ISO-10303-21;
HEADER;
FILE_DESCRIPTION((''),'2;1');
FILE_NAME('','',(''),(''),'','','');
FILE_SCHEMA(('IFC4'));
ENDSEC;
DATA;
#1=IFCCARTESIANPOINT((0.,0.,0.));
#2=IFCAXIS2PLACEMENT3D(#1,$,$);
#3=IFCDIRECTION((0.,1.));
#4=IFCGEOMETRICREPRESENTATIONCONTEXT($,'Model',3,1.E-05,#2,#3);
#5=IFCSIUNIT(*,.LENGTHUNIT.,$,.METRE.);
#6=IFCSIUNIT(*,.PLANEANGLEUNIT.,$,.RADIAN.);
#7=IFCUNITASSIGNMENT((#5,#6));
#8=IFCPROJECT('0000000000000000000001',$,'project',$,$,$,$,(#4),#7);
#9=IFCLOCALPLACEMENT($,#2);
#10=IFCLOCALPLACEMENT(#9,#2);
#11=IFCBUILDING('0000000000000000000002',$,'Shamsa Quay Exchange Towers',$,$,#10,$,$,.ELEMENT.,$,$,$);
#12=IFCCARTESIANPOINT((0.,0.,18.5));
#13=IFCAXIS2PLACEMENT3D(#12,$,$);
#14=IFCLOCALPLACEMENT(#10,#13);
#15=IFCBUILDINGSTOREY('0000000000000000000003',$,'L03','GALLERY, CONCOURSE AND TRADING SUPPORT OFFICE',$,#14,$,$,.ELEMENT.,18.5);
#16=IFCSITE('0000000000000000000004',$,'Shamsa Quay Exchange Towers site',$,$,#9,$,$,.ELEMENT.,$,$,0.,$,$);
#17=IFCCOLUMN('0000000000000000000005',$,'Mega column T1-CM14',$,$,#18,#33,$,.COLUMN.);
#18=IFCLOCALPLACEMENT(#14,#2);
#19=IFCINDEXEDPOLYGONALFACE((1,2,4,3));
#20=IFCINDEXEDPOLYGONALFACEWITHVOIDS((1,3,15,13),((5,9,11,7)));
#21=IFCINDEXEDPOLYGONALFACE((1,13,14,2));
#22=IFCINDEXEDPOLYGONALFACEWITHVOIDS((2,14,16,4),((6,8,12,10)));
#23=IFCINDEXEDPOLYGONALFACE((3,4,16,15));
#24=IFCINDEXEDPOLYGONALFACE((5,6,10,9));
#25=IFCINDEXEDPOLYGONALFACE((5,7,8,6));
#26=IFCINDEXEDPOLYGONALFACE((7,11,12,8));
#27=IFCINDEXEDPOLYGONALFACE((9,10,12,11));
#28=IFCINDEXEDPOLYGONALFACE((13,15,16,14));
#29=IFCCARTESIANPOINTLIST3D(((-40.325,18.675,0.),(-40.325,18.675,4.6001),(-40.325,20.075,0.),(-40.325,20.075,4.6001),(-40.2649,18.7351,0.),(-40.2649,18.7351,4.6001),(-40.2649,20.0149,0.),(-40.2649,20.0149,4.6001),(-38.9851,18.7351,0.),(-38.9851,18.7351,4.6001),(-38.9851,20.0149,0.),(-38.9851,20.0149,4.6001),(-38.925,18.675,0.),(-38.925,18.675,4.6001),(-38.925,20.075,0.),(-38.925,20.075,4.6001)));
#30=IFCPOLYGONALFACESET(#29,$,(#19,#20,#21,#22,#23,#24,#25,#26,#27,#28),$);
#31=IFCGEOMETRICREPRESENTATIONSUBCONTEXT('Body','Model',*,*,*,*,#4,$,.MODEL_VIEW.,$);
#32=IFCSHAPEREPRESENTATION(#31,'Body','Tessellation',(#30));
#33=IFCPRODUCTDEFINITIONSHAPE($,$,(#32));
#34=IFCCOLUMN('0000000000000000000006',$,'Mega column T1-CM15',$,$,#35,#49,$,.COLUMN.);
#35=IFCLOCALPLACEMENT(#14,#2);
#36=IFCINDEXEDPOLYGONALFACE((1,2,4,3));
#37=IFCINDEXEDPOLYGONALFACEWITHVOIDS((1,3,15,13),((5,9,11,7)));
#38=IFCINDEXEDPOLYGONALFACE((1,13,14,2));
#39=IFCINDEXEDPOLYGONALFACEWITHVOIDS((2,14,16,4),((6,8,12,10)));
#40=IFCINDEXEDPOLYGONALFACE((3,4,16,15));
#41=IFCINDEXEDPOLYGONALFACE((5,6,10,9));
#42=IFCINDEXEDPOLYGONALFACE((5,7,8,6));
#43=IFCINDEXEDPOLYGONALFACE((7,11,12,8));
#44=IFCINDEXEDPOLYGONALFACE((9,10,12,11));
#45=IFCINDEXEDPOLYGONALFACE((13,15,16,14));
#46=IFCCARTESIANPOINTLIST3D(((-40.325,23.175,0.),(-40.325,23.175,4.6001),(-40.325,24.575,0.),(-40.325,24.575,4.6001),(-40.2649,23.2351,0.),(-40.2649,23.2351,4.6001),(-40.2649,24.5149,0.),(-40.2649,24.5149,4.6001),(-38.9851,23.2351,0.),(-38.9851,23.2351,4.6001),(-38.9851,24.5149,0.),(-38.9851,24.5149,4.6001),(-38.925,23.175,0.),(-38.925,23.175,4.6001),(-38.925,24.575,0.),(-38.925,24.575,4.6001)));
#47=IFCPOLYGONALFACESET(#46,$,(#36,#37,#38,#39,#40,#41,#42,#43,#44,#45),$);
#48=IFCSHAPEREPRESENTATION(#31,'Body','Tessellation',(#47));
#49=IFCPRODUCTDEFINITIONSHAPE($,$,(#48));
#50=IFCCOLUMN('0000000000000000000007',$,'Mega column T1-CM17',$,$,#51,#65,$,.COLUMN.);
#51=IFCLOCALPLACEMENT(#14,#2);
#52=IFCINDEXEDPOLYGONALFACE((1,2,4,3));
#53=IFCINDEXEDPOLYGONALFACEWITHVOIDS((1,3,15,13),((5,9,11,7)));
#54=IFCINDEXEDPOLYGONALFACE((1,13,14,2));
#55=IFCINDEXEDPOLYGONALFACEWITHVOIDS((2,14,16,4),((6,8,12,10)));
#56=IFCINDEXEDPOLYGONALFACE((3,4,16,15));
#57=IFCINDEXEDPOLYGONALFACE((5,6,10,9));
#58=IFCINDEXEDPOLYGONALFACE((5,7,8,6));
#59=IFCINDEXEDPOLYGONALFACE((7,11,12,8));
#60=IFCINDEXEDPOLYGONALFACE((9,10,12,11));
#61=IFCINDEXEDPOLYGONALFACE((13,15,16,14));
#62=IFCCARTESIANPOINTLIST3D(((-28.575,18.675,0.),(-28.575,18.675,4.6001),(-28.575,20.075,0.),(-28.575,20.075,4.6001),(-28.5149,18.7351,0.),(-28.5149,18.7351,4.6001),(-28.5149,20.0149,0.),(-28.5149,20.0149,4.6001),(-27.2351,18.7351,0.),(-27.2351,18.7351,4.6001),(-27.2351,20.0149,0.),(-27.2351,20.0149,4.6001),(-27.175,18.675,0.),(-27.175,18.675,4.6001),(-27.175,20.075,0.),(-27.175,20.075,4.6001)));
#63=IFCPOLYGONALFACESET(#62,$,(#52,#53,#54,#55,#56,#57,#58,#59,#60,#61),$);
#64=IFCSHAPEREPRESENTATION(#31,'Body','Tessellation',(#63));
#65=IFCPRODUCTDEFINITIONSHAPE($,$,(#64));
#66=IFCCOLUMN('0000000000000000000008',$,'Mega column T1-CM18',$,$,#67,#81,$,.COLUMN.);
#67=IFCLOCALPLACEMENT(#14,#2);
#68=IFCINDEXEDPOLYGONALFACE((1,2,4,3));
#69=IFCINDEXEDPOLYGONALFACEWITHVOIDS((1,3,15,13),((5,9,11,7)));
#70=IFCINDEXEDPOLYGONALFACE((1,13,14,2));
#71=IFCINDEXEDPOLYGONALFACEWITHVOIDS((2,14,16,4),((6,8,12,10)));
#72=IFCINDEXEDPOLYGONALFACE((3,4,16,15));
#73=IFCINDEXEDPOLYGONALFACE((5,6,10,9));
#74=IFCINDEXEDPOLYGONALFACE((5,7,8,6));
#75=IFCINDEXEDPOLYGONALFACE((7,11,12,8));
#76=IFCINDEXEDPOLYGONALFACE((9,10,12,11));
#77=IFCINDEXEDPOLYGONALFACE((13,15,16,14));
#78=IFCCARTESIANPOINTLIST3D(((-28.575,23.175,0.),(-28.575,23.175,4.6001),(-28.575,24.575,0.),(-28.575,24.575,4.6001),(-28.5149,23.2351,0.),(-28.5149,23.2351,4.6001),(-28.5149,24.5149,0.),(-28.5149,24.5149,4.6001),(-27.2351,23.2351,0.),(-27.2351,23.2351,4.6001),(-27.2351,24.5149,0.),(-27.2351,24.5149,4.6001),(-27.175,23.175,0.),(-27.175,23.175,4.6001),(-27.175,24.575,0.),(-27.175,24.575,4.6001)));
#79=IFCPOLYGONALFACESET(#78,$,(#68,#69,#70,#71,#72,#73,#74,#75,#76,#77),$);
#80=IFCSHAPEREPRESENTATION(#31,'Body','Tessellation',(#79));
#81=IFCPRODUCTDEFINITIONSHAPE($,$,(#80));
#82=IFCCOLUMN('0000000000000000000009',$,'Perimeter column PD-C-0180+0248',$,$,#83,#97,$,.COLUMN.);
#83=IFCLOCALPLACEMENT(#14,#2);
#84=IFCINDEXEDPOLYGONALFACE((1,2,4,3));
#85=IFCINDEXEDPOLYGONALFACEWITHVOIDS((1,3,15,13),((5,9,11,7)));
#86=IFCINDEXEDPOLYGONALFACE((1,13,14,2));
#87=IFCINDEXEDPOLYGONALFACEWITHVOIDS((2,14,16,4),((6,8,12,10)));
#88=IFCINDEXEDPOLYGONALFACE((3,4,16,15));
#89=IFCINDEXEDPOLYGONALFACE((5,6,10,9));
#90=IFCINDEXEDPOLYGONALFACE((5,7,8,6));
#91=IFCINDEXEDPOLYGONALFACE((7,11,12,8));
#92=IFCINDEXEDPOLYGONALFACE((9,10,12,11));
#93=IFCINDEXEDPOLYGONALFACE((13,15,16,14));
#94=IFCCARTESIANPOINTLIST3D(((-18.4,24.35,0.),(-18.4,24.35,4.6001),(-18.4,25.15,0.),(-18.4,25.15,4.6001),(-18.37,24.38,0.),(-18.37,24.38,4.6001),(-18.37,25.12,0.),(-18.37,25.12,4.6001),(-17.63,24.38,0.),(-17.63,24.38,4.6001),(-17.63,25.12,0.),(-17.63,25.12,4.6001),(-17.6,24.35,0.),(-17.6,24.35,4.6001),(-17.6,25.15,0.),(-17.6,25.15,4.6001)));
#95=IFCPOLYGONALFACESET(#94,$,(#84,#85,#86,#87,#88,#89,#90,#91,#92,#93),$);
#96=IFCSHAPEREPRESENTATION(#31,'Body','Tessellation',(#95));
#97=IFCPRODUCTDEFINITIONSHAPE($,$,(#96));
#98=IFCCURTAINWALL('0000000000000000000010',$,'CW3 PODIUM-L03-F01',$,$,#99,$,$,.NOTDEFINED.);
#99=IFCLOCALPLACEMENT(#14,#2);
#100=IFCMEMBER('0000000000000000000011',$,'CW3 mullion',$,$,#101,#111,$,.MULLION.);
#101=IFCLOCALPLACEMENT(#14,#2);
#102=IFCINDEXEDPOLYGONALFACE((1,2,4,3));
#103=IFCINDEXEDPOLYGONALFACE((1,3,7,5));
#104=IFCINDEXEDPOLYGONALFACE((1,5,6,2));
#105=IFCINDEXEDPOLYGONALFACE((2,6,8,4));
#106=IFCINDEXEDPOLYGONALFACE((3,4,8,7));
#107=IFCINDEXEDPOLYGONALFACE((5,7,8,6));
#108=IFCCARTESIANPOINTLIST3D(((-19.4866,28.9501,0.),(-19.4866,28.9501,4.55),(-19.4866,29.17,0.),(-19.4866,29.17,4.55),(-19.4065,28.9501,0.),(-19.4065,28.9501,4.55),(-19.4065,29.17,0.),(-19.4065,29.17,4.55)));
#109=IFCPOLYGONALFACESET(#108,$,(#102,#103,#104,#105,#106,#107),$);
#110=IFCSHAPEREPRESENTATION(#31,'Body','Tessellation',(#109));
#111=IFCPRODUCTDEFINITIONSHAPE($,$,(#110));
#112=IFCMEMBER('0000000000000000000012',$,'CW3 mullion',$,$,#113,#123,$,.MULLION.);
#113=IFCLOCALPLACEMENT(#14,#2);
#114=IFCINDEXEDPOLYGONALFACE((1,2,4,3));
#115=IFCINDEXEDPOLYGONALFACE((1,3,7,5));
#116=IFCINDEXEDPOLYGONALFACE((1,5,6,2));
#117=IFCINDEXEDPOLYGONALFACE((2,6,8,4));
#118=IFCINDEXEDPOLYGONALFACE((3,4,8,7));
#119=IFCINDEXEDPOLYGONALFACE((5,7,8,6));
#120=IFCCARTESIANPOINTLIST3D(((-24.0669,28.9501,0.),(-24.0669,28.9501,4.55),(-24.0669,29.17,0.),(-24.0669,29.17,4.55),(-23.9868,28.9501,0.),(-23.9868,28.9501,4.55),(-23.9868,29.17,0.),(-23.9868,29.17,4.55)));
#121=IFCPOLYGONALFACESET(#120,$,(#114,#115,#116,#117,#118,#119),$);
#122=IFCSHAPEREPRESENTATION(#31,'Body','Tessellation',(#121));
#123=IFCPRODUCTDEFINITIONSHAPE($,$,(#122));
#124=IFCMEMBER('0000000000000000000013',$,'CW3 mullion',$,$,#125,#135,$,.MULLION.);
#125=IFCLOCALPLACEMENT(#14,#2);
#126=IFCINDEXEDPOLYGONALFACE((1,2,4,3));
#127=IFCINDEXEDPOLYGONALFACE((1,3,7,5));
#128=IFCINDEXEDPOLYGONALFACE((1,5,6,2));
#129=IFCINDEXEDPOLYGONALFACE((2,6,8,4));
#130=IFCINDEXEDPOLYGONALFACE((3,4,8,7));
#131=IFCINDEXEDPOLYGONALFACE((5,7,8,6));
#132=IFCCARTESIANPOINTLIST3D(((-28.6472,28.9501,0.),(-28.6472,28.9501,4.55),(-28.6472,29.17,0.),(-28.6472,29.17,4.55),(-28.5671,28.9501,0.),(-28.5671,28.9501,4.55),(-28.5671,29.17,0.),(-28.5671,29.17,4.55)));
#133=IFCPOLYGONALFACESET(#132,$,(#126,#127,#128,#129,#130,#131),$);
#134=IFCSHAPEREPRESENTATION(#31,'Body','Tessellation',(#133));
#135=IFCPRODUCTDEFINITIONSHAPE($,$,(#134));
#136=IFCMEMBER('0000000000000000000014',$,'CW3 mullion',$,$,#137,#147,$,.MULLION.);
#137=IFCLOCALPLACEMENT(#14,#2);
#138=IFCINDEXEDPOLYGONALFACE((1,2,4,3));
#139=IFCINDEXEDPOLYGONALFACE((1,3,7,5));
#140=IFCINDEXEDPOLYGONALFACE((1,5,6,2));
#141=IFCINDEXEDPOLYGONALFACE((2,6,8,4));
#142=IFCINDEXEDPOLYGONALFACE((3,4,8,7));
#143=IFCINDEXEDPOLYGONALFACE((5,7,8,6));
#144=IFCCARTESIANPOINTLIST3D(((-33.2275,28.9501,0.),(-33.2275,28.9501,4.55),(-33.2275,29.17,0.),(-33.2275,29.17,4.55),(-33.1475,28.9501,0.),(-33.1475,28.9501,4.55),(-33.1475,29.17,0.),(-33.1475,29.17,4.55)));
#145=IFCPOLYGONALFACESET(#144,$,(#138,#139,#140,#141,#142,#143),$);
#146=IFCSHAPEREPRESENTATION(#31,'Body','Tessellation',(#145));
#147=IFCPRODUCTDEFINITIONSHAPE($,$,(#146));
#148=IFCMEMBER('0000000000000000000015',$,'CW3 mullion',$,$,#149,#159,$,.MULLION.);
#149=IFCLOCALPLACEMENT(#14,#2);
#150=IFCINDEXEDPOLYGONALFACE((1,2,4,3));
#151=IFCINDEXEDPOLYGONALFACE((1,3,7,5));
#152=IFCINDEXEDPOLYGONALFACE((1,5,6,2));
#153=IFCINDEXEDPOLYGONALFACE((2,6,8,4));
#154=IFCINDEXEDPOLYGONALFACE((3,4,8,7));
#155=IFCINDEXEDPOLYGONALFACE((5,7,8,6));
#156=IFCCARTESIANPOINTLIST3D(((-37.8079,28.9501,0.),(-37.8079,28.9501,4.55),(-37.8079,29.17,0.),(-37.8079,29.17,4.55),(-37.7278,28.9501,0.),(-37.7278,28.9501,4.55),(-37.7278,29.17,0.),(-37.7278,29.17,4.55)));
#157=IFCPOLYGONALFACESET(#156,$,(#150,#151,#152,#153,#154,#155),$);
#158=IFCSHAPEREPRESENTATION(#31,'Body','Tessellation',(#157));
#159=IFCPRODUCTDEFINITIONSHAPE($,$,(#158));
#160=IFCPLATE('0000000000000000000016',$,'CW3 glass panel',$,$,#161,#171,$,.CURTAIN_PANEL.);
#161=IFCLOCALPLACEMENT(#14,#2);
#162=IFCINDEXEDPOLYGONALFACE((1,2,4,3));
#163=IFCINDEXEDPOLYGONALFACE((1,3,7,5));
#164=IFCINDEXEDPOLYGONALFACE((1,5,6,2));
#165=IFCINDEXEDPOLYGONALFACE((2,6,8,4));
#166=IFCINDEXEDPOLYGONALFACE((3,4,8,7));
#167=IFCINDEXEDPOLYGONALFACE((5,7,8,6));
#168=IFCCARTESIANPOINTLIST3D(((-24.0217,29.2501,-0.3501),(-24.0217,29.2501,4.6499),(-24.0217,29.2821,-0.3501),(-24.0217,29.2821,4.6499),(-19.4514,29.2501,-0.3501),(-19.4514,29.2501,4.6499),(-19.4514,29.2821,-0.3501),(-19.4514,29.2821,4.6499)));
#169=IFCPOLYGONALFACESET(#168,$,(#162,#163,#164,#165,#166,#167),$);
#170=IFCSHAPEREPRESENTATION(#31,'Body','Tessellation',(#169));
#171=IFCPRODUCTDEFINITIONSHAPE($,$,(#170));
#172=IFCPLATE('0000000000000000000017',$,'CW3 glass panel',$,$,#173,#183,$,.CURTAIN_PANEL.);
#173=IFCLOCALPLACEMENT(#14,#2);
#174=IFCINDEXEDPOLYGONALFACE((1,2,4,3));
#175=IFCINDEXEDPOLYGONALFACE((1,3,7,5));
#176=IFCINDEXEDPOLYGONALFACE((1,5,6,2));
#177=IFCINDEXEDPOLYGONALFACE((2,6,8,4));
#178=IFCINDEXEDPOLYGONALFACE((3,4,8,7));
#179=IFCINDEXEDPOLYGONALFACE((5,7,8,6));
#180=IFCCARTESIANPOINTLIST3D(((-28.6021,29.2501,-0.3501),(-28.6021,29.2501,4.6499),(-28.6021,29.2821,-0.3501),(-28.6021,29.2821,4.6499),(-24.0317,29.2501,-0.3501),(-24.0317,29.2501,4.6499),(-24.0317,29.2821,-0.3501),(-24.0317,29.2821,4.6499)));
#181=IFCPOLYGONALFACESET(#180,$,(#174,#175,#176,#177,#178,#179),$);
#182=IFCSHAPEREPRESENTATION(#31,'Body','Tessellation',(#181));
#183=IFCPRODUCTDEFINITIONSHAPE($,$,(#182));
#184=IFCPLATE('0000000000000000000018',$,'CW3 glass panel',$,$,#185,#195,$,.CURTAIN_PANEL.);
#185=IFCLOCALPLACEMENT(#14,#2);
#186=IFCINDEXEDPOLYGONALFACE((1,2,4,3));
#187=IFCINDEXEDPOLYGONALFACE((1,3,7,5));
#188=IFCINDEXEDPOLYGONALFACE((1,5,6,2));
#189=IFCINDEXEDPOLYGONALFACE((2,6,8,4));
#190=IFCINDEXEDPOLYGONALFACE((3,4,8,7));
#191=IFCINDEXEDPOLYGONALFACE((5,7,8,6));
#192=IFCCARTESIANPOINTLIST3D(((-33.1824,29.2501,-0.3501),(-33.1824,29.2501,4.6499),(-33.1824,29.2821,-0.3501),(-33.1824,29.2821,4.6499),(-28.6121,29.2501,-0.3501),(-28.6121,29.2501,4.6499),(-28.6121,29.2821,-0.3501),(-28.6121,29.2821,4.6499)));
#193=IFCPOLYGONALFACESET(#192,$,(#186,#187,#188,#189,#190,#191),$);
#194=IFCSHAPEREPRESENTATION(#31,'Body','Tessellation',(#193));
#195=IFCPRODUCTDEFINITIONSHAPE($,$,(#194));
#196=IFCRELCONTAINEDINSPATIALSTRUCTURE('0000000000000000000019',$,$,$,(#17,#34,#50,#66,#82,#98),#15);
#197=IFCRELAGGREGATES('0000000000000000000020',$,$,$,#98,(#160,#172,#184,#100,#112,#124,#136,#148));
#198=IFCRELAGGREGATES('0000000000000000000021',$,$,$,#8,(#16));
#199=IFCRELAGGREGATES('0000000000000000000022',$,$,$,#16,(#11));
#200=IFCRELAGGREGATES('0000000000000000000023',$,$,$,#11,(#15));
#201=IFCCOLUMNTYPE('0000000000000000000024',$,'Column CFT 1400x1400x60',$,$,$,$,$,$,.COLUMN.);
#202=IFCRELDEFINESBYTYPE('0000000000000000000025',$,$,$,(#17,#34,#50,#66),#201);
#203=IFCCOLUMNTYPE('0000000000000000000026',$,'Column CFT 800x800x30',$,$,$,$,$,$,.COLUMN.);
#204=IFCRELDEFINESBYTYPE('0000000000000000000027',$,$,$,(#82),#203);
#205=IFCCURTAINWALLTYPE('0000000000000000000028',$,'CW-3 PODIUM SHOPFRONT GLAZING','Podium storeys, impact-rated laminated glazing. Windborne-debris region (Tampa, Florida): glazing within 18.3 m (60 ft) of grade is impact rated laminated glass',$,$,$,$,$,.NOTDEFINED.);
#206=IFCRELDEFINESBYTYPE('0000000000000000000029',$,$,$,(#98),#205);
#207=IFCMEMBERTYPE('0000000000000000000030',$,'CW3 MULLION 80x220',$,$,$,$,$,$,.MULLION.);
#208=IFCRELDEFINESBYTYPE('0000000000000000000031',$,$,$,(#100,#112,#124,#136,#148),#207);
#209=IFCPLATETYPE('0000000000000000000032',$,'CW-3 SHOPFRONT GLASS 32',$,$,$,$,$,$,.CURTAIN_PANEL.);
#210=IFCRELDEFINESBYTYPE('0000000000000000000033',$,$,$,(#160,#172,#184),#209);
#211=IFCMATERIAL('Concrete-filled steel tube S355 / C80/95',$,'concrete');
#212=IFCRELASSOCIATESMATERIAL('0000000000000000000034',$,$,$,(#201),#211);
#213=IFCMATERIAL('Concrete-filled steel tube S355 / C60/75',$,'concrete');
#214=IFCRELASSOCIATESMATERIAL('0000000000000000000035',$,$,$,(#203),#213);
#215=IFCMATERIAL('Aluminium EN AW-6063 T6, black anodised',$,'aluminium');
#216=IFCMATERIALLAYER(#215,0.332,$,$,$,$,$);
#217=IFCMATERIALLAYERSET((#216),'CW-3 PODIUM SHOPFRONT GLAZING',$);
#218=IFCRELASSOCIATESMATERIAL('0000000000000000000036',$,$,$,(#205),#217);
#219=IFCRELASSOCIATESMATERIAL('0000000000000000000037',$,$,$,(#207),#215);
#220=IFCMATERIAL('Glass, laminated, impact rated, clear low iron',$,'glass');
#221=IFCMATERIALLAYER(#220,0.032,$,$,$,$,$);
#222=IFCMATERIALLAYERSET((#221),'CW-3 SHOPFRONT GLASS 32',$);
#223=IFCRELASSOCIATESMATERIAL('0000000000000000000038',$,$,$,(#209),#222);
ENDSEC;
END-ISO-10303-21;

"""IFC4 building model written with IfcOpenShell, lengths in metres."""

from ifc_helpers import new_model, si_unit, direction, frame, origin, origin_2d, place, context, subcontext, project, spatial, rectangle, hollow_rectangle, extrude, material, layer, layer_set, material_profile, profile_set, type_object, element, aggregate, save


model = new_model("IFC4")

# Units and contexts
model_context = context("Model", 3, precision=1e-05, world=origin(), true_north=direction((0.0, 1.0)))
body_context = subcontext(model_context, "Body", "Model", "MODEL_VIEW")
ifc_project = project(units=[si_unit("LENGTHUNIT", "METRE"), si_unit("PLANEANGLEUNIT", "RADIAN")], contexts=[model_context])

# Site, building, storey
site_placement = place(None, origin())
site = spatial("IfcSite", under=ifc_project, at=site_placement, Name="Shamsa Quay Exchange Towers site", CompositionType="ELEMENT", RefElevation=0.0)
building_placement = place(site_placement, origin())
building = spatial("IfcBuilding", under=site, at=building_placement, Name="Shamsa Quay Exchange Towers", CompositionType="ELEMENT")
storey_placement = place(building_placement, frame((0.0, 0.0, 18.5)))
storey = spatial("IfcBuildingStorey", under=building, at=storey_placement, Name="L03", Description="GALLERY, CONCOURSE AND TRADING SUPPORT OFFICE", CompositionType="ELEMENT", Elevation=18.5)

# Columns
ifc_material_1 = material(Name="Concrete-filled steel tube S355 / C80/95", Category="concrete")
ifc_material_profile_1 = material_profile(ifc_material_1, hollow_rectangle(XDim=1.3999, YDim=1.3999, WallThickness=0.0601, at=origin_2d()), Name="CFT 1400x1400x60")
ifc_profile_set_1 = profile_set([ifc_material_profile_1], Name="Concrete-filled steel tube S355 / C80/95")
column_type_1 = type_object("IfcColumnType", Name="Column CFT 1400x1400x60", PredefinedType="COLUMN", material=ifc_profile_set_1)
for number, where, name in (
    (1, (-39.625, 19.375, 0.0), "Mega column T1-CM14"),
    (2, (-39.625, 23.875, 0.0), "Mega column T1-CM15"),
    (3, (-27.875, 19.375, 0.0), "Mega column T1-CM17"),
    (4, (-27.875, 23.875, 0.0), "Mega column T1-CM18"),
):
    element("IfcColumn", number, at=place(storey_placement, frame(where)), inside=storey, type_object=column_type_1, Name=name, PredefinedType="COLUMN", context=body_context, shape_type="SweptSolid", body=[
        extrude(hollow_rectangle(XDim=1.3999, YDim=1.3999, WallThickness=0.0601, at=origin_2d()), origin(), (0.0, 0.0, 1.0), 4.6001),
    ])
ifc_material_2 = material(Name="Concrete-filled steel tube S355 / C60/75", Category="concrete")
ifc_material_profile_2 = material_profile(ifc_material_2, hollow_rectangle(XDim=0.8, YDim=0.8, WallThickness=0.03, at=origin_2d()), Name="CFT 800x800x30")
ifc_profile_set_2 = profile_set([ifc_material_profile_2], Name="Concrete-filled steel tube S355 / C60/75")
column_type_2 = type_object("IfcColumnType", Name="Column CFT 800x800x30", PredefinedType="COLUMN", material=ifc_profile_set_2)
column_placement = place(storey_placement, frame((-18.0, 24.75, 0.0)))
element("IfcColumn", 5, at=column_placement, inside=storey, type_object=column_type_2, Name="Perimeter column PD-C-0180+0248", PredefinedType="COLUMN", context=body_context, shape_type="SweptSolid", body=[
    extrude(hollow_rectangle(XDim=0.8, YDim=0.8, WallThickness=0.03, at=origin_2d()), origin(), (0.0, 0.0, 1.0), 4.6001),
])

# Curtain wall, members, plates
ifc_material_3 = material(Name="Aluminium EN AW-6063 T6, black anodised", Category="aluminium")
ifc_layer_1 = layer(ifc_material_3, 0.332)
ifc_layer_set_1 = layer_set([ifc_layer_1], Name="CW-3 PODIUM SHOPFRONT GLAZING")
curtain_wall_type = type_object("IfcCurtainWallType", Name="CW-3 PODIUM SHOPFRONT GLAZING", Description="Podium storeys, impact-rated laminated glazing. Windborne-debris region (Tampa, Florida): glazing within 18.3 m (60 ft) of grade is impact rated laminated glass", PredefinedType="NOTDEFINED", material=ifc_layer_set_1)
curtain_wall_placement = place(storey_placement, origin())
curtain_wall = element("IfcCurtainWall", 6, at=curtain_wall_placement, inside=storey, type_object=curtain_wall_type, Name="CW3 PODIUM-L03-F01", PredefinedType="NOTDEFINED")
ifc_material_profile_3 = material_profile(ifc_material_3, rectangle(XDim=0.22, YDim=0.0801, at=origin_2d()), Name="MU80x220")
ifc_profile_set_3 = profile_set([ifc_material_profile_3], Name="Aluminium EN AW-6063 T6, black anodised")
member_type = type_object("IfcMemberType", Name="CW3 MULLION 80x220", PredefinedType="MULLION", material=ifc_profile_set_3)
member_1_placement = place(storey_placement, frame((-19.4465, 29.0601, 0.0), z_axis=(0.0, 0.0, 1.0), x_axis=(0.0, -1.0, 0.0)))
member_1 = element("IfcMember", 7, at=member_1_placement, type_object=member_type, Name="CW3 mullion", PredefinedType="MULLION", context=body_context, shape_type="SweptSolid", body=[
    extrude(rectangle(XDim=0.22, YDim=0.0801, at=origin_2d()), origin(), (0.0, 0.0, 1.0), 4.55),
])
member_2_placement = place(storey_placement, frame((-24.0269, 29.0601, 0.0), z_axis=(0.0, 0.0, 1.0), x_axis=(0.0, -1.0, 0.0)))
member_2 = element("IfcMember", 8, at=member_2_placement, type_object=member_type, Name="CW3 mullion", PredefinedType="MULLION", context=body_context, shape_type="SweptSolid", body=[
    extrude(rectangle(XDim=0.22, YDim=0.0801, at=origin_2d()), origin(), (0.0, 0.0, 1.0), 4.55),
])
member_3_placement = place(storey_placement, frame((-28.6072, 29.0601, 0.0), z_axis=(0.0, 0.0, 1.0), x_axis=(0.0, -1.0, 0.0)))
member_3 = element("IfcMember", 9, at=member_3_placement, type_object=member_type, Name="CW3 mullion", PredefinedType="MULLION", context=body_context, shape_type="SweptSolid", body=[
    extrude(rectangle(XDim=0.22, YDim=0.0801, at=origin_2d()), origin(), (0.0, 0.0, 1.0), 4.55),
])
member_4_placement = place(storey_placement, frame((-33.1875, 29.0601, 0.0), z_axis=(0.0, 0.0, 1.0), x_axis=(0.0, -1.0, 0.0)))
member_4 = element("IfcMember", 10, at=member_4_placement, type_object=member_type, Name="CW3 mullion", PredefinedType="MULLION", context=body_context, shape_type="SweptSolid", body=[
    extrude(rectangle(XDim=0.22, YDim=0.0801, at=origin_2d()), origin(), (0.0, 0.0, 1.0), 4.55),
])
member_5_placement = place(storey_placement, frame((-37.7678, 29.0601, 0.0), z_axis=(0.0, 0.0, 1.0), x_axis=(0.0, -1.0, 0.0)))
member_5 = element("IfcMember", 11, at=member_5_placement, type_object=member_type, Name="CW3 mullion", PredefinedType="MULLION", context=body_context, shape_type="SweptSolid", body=[
    extrude(rectangle(XDim=0.22, YDim=0.0801, at=origin_2d()), origin(), (0.0, 0.0, 1.0), 4.55),
])
ifc_material_4 = material(Name="Glass, laminated, impact rated, clear low iron", Category="glass")
ifc_layer_2 = layer(ifc_material_4, 0.032)
ifc_layer_set_2 = layer_set([ifc_layer_2], Name="CW-3 SHOPFRONT GLASS 32")
plate_type = type_object("IfcPlateType", Name="CW-3 SHOPFRONT GLASS 32", PredefinedType="CURTAIN_PANEL", material=ifc_layer_set_2)
plate_1_placement = place(storey_placement, frame((-21.7366, 29.2661, -0.3501), z_axis=(0.0, 0.0, 1.0), x_axis=(-1.0, 0.0, 0.0)))
plate_1 = element("IfcPlate", 12, at=plate_1_placement, type_object=plate_type, Name="CW3 glass panel", PredefinedType="CURTAIN_PANEL", context=body_context, shape_type="SweptSolid", body=[
    extrude(rectangle(XDim=4.5703, YDim=0.032, at=origin_2d()), origin(), (0.0, 0.0, 1.0), 5.0),
])
plate_2_placement = place(storey_placement, frame((-26.3169, 29.2661, -0.3501), z_axis=(0.0, 0.0, 1.0), x_axis=(-1.0, 0.0, 0.0)))
plate_2 = element("IfcPlate", 13, at=plate_2_placement, type_object=plate_type, Name="CW3 glass panel", PredefinedType="CURTAIN_PANEL", context=body_context, shape_type="SweptSolid", body=[
    extrude(rectangle(XDim=4.5703, YDim=0.032, at=origin_2d()), origin(), (0.0, 0.0, 1.0), 5.0),
])
plate_3_placement = place(storey_placement, frame((-30.8972, 29.2661, -0.3501), z_axis=(0.0, 0.0, 1.0), x_axis=(-1.0, 0.0, 0.0)))
plate_3 = element("IfcPlate", 14, at=plate_3_placement, type_object=plate_type, Name="CW3 glass panel", PredefinedType="CURTAIN_PANEL", context=body_context, shape_type="SweptSolid", body=[
    extrude(rectangle(XDim=4.5703, YDim=0.032, at=origin_2d()), origin(), (0.0, 0.0, 1.0), 5.0),
])
aggregate(curtain_wall, [plate_1, plate_2, plate_3, member_1, member_2, member_3, member_4, member_5])

save(model, "model.ifc")
